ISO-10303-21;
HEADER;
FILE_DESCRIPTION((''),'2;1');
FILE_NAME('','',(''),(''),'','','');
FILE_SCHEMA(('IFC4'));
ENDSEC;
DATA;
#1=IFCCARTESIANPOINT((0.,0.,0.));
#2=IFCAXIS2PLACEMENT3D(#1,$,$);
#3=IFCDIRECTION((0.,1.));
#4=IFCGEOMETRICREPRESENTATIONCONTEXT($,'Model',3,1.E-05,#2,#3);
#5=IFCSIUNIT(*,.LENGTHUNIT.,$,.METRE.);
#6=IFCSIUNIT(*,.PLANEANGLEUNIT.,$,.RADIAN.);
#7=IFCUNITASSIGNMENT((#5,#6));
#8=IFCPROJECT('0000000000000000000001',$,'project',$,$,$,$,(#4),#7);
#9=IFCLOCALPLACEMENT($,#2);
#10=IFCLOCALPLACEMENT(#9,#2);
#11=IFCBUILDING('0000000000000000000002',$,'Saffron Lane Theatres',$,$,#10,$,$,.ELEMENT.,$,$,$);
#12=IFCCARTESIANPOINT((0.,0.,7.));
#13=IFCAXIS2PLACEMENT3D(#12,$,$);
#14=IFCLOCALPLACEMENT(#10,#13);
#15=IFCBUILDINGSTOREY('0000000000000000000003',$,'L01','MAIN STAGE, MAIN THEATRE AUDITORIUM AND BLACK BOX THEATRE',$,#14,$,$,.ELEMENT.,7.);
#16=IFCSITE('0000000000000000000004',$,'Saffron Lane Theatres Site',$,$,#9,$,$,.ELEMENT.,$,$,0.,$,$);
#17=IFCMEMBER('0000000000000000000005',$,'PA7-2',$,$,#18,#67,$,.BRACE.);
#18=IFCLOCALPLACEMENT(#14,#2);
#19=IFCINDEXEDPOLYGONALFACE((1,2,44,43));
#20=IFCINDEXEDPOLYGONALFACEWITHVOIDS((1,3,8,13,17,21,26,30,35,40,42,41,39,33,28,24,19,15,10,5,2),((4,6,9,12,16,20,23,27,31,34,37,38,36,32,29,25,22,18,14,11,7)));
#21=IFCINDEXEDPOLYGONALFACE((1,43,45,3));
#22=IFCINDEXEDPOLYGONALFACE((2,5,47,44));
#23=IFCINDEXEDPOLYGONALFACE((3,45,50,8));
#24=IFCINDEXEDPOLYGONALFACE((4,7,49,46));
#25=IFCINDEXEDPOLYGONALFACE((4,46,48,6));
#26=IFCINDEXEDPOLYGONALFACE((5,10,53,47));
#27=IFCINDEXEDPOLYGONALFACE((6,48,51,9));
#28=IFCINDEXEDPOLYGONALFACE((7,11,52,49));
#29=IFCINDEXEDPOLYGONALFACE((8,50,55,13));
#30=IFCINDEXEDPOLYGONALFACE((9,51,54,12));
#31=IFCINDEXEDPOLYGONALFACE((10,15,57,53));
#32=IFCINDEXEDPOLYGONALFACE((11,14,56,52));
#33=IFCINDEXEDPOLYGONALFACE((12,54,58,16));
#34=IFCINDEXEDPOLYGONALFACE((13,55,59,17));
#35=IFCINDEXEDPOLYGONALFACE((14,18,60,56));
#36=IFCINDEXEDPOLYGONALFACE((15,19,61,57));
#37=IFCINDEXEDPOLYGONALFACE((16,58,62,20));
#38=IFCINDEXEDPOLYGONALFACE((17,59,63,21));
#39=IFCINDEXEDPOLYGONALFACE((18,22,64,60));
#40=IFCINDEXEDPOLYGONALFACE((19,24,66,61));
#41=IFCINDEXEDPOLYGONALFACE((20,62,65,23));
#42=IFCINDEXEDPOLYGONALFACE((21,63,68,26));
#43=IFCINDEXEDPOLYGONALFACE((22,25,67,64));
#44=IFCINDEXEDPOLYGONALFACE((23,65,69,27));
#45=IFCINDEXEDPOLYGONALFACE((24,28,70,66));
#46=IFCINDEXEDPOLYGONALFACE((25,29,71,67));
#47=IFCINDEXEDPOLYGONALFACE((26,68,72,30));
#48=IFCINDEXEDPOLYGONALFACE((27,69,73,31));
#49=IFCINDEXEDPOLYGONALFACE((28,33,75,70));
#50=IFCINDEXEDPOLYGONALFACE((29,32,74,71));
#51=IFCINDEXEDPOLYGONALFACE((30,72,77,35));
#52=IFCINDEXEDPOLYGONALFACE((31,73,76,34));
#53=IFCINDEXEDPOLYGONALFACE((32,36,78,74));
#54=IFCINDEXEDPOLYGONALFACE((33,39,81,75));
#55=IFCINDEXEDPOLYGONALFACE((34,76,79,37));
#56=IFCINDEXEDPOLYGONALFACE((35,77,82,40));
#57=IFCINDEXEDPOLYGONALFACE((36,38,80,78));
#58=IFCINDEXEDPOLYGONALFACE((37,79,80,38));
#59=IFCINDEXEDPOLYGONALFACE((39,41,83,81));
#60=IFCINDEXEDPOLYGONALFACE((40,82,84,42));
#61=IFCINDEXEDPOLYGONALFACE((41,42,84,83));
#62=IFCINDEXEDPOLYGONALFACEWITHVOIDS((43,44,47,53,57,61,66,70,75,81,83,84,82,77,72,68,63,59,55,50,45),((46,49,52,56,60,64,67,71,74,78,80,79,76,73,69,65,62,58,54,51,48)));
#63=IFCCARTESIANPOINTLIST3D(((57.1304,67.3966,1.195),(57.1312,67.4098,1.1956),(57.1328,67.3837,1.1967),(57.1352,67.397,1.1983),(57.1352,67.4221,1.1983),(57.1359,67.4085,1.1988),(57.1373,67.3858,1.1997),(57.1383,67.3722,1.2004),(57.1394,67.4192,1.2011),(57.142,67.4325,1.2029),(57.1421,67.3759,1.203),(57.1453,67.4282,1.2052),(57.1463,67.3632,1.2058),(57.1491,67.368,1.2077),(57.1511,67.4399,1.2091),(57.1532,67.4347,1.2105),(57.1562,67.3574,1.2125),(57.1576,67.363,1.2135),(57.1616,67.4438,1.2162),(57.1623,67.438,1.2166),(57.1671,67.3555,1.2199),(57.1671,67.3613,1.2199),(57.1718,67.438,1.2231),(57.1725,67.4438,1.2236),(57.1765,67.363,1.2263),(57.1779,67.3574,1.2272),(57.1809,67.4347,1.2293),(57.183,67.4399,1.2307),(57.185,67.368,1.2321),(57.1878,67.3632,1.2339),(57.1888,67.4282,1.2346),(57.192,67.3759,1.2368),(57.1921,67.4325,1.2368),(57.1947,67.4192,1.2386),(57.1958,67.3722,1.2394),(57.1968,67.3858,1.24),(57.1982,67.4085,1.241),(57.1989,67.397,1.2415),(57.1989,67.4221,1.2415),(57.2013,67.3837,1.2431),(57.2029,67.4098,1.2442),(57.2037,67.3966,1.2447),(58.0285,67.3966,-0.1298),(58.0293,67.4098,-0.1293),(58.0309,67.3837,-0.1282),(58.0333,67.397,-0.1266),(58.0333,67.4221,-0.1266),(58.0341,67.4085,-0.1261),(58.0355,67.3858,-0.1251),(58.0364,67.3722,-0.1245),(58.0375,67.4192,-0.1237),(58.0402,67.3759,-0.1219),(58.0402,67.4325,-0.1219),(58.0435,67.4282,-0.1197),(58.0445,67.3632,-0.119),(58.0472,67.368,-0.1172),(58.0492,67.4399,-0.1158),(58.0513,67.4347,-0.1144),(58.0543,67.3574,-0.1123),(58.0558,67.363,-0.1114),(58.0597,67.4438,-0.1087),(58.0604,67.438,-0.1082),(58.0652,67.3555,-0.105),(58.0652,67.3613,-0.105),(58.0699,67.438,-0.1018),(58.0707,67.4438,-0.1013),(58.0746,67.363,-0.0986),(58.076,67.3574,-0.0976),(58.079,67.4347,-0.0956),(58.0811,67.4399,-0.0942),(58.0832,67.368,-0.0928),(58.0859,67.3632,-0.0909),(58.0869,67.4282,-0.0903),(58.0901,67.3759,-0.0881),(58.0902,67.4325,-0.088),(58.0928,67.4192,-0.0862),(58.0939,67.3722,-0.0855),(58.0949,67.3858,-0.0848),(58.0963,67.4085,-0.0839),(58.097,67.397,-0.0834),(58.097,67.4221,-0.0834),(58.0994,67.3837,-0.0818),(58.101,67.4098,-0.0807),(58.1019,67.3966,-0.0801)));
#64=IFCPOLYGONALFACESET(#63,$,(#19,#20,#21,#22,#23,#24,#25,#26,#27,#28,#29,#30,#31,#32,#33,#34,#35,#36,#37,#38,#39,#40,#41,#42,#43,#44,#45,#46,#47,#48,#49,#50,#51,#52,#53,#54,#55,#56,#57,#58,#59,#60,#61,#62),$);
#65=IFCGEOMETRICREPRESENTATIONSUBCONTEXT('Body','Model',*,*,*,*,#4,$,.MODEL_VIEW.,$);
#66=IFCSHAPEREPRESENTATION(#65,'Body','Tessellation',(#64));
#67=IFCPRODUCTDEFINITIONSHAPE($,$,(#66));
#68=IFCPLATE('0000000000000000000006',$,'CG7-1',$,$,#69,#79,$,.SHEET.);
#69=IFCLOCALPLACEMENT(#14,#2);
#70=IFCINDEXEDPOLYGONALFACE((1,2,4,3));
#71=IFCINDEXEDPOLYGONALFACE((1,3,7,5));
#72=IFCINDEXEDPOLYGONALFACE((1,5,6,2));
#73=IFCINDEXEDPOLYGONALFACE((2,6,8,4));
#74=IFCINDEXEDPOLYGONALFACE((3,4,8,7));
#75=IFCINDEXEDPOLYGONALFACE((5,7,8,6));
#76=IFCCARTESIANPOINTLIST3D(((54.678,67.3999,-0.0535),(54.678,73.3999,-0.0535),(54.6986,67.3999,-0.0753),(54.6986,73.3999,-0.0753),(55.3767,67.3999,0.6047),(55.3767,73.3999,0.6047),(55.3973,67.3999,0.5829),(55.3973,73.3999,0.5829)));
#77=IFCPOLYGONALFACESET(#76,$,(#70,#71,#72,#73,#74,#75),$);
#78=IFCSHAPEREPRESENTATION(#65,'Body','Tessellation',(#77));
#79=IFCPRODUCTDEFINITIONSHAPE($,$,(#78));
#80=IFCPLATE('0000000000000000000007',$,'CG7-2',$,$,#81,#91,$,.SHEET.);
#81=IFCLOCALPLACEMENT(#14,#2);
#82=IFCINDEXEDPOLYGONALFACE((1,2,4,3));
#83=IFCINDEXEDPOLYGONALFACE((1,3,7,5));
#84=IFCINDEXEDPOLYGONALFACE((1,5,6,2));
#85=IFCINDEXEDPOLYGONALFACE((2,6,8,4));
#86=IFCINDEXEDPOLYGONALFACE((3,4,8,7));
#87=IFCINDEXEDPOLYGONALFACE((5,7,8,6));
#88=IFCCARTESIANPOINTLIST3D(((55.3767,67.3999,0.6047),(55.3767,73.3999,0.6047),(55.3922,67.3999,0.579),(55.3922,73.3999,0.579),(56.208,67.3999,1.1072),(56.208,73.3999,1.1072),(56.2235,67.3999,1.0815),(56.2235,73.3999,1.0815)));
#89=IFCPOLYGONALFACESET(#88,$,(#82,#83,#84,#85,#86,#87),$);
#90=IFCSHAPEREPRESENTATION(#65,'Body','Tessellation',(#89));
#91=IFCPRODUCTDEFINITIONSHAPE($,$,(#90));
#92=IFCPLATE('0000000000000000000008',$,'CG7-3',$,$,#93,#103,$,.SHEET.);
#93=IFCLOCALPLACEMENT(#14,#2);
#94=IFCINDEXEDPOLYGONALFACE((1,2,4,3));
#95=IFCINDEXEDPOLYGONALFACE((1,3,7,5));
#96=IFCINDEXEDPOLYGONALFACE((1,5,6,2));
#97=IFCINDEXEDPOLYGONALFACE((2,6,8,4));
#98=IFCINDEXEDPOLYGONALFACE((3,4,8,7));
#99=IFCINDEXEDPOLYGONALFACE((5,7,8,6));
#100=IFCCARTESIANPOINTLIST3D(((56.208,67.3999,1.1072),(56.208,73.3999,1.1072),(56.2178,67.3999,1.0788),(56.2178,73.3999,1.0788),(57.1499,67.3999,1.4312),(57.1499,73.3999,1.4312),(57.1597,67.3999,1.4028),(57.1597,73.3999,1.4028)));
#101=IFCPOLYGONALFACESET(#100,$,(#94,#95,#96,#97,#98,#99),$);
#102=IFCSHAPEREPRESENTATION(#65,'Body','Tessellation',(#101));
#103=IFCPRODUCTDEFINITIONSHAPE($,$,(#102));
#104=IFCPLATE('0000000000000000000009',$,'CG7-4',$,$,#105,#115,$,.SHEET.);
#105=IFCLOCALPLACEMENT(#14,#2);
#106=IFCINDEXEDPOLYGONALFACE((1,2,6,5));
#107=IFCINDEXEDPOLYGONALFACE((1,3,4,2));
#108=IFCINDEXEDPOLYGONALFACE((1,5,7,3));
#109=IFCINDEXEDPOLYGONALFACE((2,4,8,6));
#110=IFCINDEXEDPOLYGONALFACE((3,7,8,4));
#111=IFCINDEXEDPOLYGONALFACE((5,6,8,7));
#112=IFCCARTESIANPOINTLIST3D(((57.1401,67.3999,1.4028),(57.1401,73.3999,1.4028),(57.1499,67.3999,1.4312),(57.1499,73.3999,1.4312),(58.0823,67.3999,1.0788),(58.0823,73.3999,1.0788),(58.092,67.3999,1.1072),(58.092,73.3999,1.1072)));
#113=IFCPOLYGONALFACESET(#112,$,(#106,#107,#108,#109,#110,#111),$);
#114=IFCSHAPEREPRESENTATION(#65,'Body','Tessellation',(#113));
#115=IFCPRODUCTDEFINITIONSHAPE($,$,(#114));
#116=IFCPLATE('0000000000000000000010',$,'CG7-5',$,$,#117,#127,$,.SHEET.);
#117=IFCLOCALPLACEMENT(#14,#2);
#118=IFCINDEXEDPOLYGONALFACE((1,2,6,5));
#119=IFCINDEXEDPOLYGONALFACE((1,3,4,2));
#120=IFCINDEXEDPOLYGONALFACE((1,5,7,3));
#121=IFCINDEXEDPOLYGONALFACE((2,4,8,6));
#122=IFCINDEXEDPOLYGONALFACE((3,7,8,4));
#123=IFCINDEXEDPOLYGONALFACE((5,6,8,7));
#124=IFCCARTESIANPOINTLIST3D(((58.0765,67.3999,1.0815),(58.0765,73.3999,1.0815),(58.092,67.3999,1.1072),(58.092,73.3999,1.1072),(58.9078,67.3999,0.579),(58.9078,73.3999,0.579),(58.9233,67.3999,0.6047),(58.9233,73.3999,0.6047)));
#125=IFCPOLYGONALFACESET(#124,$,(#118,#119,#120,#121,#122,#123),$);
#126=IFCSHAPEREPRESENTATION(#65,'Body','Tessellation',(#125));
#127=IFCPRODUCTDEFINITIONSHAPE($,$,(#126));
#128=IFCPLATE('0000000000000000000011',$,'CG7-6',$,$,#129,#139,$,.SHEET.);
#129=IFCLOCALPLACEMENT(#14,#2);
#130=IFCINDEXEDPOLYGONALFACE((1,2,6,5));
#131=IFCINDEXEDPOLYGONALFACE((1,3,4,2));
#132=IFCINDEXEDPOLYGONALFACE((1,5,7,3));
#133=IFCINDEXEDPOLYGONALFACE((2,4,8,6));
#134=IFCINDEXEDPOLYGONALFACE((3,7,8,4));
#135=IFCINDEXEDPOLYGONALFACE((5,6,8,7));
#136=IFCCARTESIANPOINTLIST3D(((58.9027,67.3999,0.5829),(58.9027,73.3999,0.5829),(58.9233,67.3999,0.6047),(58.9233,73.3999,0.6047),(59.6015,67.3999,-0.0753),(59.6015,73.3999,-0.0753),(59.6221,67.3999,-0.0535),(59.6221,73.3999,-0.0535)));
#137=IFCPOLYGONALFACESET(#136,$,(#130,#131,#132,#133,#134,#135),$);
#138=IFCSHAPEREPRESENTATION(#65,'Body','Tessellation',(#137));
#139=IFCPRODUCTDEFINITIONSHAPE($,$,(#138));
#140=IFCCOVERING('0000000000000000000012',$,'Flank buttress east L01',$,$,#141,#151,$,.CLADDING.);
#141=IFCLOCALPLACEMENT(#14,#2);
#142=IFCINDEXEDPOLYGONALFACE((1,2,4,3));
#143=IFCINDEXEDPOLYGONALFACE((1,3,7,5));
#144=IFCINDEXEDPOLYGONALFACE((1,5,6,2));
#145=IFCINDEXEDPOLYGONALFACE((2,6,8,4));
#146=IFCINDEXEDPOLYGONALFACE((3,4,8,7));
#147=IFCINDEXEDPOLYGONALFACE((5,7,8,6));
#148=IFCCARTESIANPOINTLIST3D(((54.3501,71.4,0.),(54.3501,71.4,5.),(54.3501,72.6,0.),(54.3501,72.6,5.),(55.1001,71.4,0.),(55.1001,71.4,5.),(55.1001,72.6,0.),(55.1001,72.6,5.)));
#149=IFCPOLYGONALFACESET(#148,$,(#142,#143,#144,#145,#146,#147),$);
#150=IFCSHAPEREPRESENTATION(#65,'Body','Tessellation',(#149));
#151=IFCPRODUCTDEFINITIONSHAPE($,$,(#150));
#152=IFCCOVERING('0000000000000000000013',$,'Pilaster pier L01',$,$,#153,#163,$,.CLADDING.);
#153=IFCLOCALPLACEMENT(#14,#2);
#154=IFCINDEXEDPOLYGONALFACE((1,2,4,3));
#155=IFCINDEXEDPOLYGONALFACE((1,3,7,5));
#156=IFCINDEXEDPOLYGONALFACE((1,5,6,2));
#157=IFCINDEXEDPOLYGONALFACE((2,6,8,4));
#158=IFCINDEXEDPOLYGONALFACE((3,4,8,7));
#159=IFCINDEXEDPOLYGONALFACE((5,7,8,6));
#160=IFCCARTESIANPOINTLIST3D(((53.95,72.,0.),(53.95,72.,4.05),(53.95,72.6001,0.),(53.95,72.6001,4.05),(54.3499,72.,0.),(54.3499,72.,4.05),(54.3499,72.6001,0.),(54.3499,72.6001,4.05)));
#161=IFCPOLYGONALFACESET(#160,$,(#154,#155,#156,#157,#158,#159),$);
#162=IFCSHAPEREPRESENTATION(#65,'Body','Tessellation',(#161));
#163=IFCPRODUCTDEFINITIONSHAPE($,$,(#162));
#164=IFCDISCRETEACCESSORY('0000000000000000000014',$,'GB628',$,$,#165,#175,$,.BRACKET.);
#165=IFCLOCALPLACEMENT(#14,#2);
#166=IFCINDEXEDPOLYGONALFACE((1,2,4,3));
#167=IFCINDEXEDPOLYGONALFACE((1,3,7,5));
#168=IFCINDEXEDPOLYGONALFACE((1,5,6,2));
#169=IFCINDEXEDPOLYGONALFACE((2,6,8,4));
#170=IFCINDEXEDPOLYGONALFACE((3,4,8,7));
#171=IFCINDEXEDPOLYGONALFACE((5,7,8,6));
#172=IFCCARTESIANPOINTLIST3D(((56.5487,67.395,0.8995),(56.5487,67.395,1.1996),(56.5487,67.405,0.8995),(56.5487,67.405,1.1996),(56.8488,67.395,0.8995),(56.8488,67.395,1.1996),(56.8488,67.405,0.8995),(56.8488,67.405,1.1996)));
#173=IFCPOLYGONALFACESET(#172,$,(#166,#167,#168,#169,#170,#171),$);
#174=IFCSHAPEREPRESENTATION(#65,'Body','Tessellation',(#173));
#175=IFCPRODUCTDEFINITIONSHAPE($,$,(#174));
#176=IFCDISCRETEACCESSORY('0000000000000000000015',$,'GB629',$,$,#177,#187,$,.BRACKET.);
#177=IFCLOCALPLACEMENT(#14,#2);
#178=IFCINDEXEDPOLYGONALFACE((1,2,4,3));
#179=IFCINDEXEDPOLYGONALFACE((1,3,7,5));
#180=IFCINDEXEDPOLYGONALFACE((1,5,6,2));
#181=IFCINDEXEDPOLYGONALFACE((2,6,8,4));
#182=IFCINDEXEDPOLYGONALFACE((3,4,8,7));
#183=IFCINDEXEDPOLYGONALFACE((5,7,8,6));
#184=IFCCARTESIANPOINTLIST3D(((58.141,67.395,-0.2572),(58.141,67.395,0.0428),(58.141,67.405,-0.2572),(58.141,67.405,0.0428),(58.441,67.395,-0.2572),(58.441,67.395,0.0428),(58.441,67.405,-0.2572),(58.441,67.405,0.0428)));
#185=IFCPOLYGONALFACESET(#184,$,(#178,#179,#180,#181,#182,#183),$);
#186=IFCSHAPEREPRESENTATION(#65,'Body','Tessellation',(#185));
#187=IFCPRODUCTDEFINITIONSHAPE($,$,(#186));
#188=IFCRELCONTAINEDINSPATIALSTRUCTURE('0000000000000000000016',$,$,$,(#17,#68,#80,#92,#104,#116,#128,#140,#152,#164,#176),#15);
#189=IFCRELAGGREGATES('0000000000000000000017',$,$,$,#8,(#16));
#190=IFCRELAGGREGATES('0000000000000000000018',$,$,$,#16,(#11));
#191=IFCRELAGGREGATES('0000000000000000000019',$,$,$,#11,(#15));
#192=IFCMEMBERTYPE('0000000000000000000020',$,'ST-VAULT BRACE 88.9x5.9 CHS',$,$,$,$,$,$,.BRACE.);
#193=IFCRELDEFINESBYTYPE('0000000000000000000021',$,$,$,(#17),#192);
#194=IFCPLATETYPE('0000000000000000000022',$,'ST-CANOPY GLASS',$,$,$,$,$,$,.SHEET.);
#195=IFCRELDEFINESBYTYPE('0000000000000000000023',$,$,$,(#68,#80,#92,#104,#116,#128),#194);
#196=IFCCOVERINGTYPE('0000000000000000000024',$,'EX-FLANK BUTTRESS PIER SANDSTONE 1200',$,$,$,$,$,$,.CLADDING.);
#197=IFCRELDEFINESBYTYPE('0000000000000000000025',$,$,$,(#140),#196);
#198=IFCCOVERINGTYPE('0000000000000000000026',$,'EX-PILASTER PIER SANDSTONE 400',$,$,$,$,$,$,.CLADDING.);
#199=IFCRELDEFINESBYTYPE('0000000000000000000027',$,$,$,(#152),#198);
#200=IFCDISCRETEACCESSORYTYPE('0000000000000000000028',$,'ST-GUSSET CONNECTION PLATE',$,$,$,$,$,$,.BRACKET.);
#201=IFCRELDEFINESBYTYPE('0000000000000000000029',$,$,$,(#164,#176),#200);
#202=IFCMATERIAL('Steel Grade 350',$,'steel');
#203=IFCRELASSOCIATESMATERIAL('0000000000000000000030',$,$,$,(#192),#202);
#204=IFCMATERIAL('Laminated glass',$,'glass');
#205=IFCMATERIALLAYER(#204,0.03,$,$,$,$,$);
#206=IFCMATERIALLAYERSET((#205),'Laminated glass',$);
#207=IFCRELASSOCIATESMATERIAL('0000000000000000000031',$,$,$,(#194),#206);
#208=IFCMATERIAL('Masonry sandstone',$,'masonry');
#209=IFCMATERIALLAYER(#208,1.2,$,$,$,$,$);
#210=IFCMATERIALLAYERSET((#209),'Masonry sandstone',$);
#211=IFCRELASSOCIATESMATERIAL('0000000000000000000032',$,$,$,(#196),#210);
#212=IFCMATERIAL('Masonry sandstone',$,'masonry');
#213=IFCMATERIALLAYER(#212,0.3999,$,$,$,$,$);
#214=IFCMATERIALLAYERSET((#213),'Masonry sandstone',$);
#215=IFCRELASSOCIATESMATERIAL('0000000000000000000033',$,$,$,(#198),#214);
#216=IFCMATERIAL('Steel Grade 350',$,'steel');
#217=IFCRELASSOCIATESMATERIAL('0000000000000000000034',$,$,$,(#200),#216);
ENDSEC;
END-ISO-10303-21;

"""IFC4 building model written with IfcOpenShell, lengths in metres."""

from ifc_helpers import new_model, si_unit, direction, frame, origin, origin_2d, place, context, subcontext, project, spatial, polyline, rectangle, hollow_circle, outline, extrude, material, layer, layer_set, material_profile, profile_set, type_object, element, save


model = new_model("IFC4")

# Units and contexts
model_context = context("Model", 3, precision=1e-05, world=origin(), true_north=direction((0.0, 1.0)))
body_context = subcontext(model_context, "Body", "Model", "MODEL_VIEW")
ifc_project = project(units=[si_unit("LENGTHUNIT", "METRE"), si_unit("PLANEANGLEUNIT", "RADIAN")], contexts=[model_context])

# Site, building, storey
site_placement = place(None, origin())
site = spatial("IfcSite", under=ifc_project, at=site_placement, Name="Saffron Lane Theatres Site", CompositionType="ELEMENT", RefElevation=0.0)
building_placement = place(site_placement, origin())
building = spatial("IfcBuilding", under=site, at=building_placement, Name="Saffron Lane Theatres", CompositionType="ELEMENT")
storey_placement = place(building_placement, frame((0.0, 0.0, 7.0)))
storey = spatial("IfcBuildingStorey", under=building, at=storey_placement, Name="L01", Description="MAIN STAGE, MAIN THEATRE AUDITORIUM AND BLACK BOX THEATRE", CompositionType="ELEMENT", Elevation=7.0)

# Member
ifc_material_1 = material(Name="Steel Grade 350", Category="steel")
ifc_material_profile_1 = material_profile(ifc_material_1, hollow_circle(Radius=0.0444, WallThickness=0.0059, at=origin_2d()))
ifc_profile_set_1 = profile_set([ifc_material_profile_1], Name="Steel Grade 350")
member_type_1 = type_object("IfcMemberType", Name="ST-VAULT BRACE 88.9x5.9 CHS", PredefinedType="BRACE", material=ifc_profile_set_1)
member_1_placement = place(storey_placement, frame((58.0652, 67.3999, -0.105), z_axis=(-0.561125, 0.0, 0.827731), x_axis=(0.0, -1.0, 0.0)))
element("IfcMember", 1, at=member_1_placement, inside=storey, type_object=member_type_1, Name="PA7-2", PredefinedType="BRACE", context=body_context, shape_type="SweptSolid", body=[
    extrude(hollow_circle(Radius=0.0444, WallThickness=0.0059, at=origin_2d()), origin(), (0.0, 0.0, 1.0), 1.6006),
])

# Plates
ifc_material_2 = material(Name="Laminated glass", Category="glass")
ifc_layer_1 = layer(ifc_material_2, 0.03)
ifc_layer_set_1 = layer_set([ifc_layer_1], Name="Laminated glass")
plate_type = type_object("IfcPlateType", Name="ST-CANOPY GLASS", PredefinedType="SHEET", material=ifc_layer_set_1)
plate_1_placement = place(storey_placement, frame((54.678, 67.3999, -0.0535), z_axis=(-0.685682, 0.0, 0.727901), x_axis=(0.727901, 0.0, 0.685682)))
element("IfcPlate", 2, at=plate_1_placement, inside=storey, type_object=plate_type, Name="CG7-1", PredefinedType="SHEET", context=body_context, shape_type="SweptSolid", body=[
    extrude(outline(polyline([(0.0, 0.0), (0.9599, 0.0), (0.9599, 6.0), (0.0, 6.0), (0.0, 0.0)])), origin(), (0.0, 0.0, -1.0), 0.03),
])
plate_2_placement = place(storey_placement, frame((55.3767, 67.3999, 0.6047), z_axis=(-0.517265, 0.0, 0.855825), x_axis=(0.855825, 0.0, 0.517265)))
element("IfcPlate", 3, at=plate_2_placement, inside=storey, type_object=plate_type, Name="CG7-2", PredefinedType="SHEET", context=body_context, shape_type="SweptSolid", body=[
    extrude(outline(polyline([(0.0, 0.0), (0.9713, 0.0), (0.9713, 6.0), (0.0, 6.0), (0.0, 0.0)])), origin(), (0.0, 0.0, -1.0), 0.03),
])
plate_3_placement = place(storey_placement, frame((56.208, 67.3999, 1.1072), z_axis=(-0.325258, 0.0, 0.945625), x_axis=(0.945625, 0.0, 0.325258)))
element("IfcPlate", 4, at=plate_3_placement, inside=storey, type_object=plate_type, Name="CG7-3", PredefinedType="SHEET", context=body_context, shape_type="SweptSolid", body=[
    extrude(outline(polyline([(0.0, 0.0), (0.9961, 0.0), (0.9961, 6.0), (0.0, 6.0), (0.0, 0.0)])), origin(), (0.0, 0.0, -1.0), 0.03),
])
plate_4_placement = place(storey_placement, frame((57.1499, 67.3999, 1.4312), z_axis=(0.325182, 0.0, 0.945651), x_axis=(0.945651, 0.0, -0.325182)))
element("IfcPlate", 5, at=plate_4_placement, inside=storey, type_object=plate_type, Name="CG7-4", PredefinedType="SHEET", context=body_context, shape_type="SweptSolid", body=[
    extrude(outline(polyline([(0.0, 0.0), (0.9963, 0.0), (0.9963, 6.0), (0.0, 6.0), (0.0, 0.0)])), origin(), (0.0, 0.0, -1.0), 0.03),
])
plate_5_placement = place(storey_placement, frame((58.092, 67.3999, 1.1072), z_axis=(0.517265, 0.0, 0.855825), x_axis=(0.855825, 0.0, -0.517265)))
element("IfcPlate", 6, at=plate_5_placement, inside=storey, type_object=plate_type, Name="CG7-5", PredefinedType="SHEET", context=body_context, shape_type="SweptSolid", body=[
    extrude(outline(polyline([(0.0, 0.0), (0.9713, 0.0), (0.9713, 6.0), (0.0, 6.0), (0.0, 0.0)])), origin(), (0.0, 0.0, -1.0), 0.03),
])
plate_6_placement = place(storey_placement, frame((58.9233, 67.3999, 0.6047), z_axis=(0.685682, 0.0, 0.727901), x_axis=(0.727901, 0.0, -0.685682)))
element("IfcPlate", 7, at=plate_6_placement, inside=storey, type_object=plate_type, Name="CG7-6", PredefinedType="SHEET", context=body_context, shape_type="SweptSolid", body=[
    extrude(outline(polyline([(0.0, 0.0), (0.9599, 0.0), (0.9599, 6.0), (0.0, 6.0), (0.0, 0.0)])), origin(), (0.0, 0.0, -1.0), 0.03),
])

# Coverings
ifc_material_3 = material(Name="Masonry sandstone", Category="masonry")
ifc_layer_2 = layer(ifc_material_3, 1.2)
ifc_layer_set_2 = layer_set([ifc_layer_2], Name="Masonry sandstone")
covering_type_1 = type_object("IfcCoveringType", Name="EX-FLANK BUTTRESS PIER SANDSTONE 1200", PredefinedType="CLADDING", material=ifc_layer_set_2)
covering_1_placement = place(storey_placement, frame((54.7251, 72.0, 0.0), z_axis=(0.0, 0.0, 1.0), x_axis=(0.0, 1.0, 0.0)))
element("IfcCovering", 8, at=covering_1_placement, inside=storey, type_object=covering_type_1, Name="Flank buttress east L01", PredefinedType="CLADDING", context=body_context, shape_type="SweptSolid", body=[
    extrude(rectangle(XDim=1.2, YDim=0.75, at=origin_2d()), origin(), (0.0, 0.0, 1.0), 5.0),
])
ifc_material_4 = material(Name="Masonry sandstone", Category="masonry")
ifc_layer_3 = layer(ifc_material_4, 0.3999)
ifc_layer_set_3 = layer_set([ifc_layer_3], Name="Masonry sandstone")
covering_type_2 = type_object("IfcCoveringType", Name="EX-PILASTER PIER SANDSTONE 400", PredefinedType="CLADDING", material=ifc_layer_set_3)
covering_2_placement = place(storey_placement, frame((54.1499, 72.3, 0.0), z_axis=(0.0, 0.0, 1.0), x_axis=(0.0, -1.0, 0.0)))
element("IfcCovering", 9, at=covering_2_placement, inside=storey, type_object=covering_type_2, Name="Pilaster pier L01", PredefinedType="CLADDING", context=body_context, shape_type="SweptSolid", body=[
    extrude(rectangle(XDim=0.6001, YDim=0.3999, at=origin_2d()), origin(), (0.0, 0.0, 1.0), 4.05),
])

# Discrete accessories
ifc_material_5 = material(Name="Steel Grade 350", Category="steel")
ifc_material_profile_2 = material_profile(ifc_material_5, rectangle(XDim=0.3, YDim=0.3, at=origin_2d()))
ifc_profile_set_2 = profile_set([ifc_material_profile_2], Name="Steel Grade 350")
discrete_accessory_type = type_object("IfcDiscreteAccessoryType", Name="ST-GUSSET CONNECTION PLATE", PredefinedType="BRACKET", material=ifc_profile_set_2)
for number, where, z_axis, x_axis, name in (
    (10, (56.6987, 67.395, 1.0496), (0.0, 1.0, 0.0), (-1.0, 0.0, 0.0), "GB628"),
    (11, (58.291, 67.395, -0.1072), (0.0, 1.0, 0.0), (-1.0, 0.0, 0.0), "GB629"),
):
    element("IfcDiscreteAccessory", number, at=place(storey_placement, frame(where, z_axis=z_axis, x_axis=x_axis)), inside=storey, type_object=discrete_accessory_type, Name=name, PredefinedType="BRACKET", context=body_context, shape_type="SweptSolid", body=[
        extrude(rectangle(XDim=0.3, YDim=0.3, at=origin_2d()), origin(), (0.0, 0.0, 1.0), 0.01),
    ])

save(model, "model.ifc")
